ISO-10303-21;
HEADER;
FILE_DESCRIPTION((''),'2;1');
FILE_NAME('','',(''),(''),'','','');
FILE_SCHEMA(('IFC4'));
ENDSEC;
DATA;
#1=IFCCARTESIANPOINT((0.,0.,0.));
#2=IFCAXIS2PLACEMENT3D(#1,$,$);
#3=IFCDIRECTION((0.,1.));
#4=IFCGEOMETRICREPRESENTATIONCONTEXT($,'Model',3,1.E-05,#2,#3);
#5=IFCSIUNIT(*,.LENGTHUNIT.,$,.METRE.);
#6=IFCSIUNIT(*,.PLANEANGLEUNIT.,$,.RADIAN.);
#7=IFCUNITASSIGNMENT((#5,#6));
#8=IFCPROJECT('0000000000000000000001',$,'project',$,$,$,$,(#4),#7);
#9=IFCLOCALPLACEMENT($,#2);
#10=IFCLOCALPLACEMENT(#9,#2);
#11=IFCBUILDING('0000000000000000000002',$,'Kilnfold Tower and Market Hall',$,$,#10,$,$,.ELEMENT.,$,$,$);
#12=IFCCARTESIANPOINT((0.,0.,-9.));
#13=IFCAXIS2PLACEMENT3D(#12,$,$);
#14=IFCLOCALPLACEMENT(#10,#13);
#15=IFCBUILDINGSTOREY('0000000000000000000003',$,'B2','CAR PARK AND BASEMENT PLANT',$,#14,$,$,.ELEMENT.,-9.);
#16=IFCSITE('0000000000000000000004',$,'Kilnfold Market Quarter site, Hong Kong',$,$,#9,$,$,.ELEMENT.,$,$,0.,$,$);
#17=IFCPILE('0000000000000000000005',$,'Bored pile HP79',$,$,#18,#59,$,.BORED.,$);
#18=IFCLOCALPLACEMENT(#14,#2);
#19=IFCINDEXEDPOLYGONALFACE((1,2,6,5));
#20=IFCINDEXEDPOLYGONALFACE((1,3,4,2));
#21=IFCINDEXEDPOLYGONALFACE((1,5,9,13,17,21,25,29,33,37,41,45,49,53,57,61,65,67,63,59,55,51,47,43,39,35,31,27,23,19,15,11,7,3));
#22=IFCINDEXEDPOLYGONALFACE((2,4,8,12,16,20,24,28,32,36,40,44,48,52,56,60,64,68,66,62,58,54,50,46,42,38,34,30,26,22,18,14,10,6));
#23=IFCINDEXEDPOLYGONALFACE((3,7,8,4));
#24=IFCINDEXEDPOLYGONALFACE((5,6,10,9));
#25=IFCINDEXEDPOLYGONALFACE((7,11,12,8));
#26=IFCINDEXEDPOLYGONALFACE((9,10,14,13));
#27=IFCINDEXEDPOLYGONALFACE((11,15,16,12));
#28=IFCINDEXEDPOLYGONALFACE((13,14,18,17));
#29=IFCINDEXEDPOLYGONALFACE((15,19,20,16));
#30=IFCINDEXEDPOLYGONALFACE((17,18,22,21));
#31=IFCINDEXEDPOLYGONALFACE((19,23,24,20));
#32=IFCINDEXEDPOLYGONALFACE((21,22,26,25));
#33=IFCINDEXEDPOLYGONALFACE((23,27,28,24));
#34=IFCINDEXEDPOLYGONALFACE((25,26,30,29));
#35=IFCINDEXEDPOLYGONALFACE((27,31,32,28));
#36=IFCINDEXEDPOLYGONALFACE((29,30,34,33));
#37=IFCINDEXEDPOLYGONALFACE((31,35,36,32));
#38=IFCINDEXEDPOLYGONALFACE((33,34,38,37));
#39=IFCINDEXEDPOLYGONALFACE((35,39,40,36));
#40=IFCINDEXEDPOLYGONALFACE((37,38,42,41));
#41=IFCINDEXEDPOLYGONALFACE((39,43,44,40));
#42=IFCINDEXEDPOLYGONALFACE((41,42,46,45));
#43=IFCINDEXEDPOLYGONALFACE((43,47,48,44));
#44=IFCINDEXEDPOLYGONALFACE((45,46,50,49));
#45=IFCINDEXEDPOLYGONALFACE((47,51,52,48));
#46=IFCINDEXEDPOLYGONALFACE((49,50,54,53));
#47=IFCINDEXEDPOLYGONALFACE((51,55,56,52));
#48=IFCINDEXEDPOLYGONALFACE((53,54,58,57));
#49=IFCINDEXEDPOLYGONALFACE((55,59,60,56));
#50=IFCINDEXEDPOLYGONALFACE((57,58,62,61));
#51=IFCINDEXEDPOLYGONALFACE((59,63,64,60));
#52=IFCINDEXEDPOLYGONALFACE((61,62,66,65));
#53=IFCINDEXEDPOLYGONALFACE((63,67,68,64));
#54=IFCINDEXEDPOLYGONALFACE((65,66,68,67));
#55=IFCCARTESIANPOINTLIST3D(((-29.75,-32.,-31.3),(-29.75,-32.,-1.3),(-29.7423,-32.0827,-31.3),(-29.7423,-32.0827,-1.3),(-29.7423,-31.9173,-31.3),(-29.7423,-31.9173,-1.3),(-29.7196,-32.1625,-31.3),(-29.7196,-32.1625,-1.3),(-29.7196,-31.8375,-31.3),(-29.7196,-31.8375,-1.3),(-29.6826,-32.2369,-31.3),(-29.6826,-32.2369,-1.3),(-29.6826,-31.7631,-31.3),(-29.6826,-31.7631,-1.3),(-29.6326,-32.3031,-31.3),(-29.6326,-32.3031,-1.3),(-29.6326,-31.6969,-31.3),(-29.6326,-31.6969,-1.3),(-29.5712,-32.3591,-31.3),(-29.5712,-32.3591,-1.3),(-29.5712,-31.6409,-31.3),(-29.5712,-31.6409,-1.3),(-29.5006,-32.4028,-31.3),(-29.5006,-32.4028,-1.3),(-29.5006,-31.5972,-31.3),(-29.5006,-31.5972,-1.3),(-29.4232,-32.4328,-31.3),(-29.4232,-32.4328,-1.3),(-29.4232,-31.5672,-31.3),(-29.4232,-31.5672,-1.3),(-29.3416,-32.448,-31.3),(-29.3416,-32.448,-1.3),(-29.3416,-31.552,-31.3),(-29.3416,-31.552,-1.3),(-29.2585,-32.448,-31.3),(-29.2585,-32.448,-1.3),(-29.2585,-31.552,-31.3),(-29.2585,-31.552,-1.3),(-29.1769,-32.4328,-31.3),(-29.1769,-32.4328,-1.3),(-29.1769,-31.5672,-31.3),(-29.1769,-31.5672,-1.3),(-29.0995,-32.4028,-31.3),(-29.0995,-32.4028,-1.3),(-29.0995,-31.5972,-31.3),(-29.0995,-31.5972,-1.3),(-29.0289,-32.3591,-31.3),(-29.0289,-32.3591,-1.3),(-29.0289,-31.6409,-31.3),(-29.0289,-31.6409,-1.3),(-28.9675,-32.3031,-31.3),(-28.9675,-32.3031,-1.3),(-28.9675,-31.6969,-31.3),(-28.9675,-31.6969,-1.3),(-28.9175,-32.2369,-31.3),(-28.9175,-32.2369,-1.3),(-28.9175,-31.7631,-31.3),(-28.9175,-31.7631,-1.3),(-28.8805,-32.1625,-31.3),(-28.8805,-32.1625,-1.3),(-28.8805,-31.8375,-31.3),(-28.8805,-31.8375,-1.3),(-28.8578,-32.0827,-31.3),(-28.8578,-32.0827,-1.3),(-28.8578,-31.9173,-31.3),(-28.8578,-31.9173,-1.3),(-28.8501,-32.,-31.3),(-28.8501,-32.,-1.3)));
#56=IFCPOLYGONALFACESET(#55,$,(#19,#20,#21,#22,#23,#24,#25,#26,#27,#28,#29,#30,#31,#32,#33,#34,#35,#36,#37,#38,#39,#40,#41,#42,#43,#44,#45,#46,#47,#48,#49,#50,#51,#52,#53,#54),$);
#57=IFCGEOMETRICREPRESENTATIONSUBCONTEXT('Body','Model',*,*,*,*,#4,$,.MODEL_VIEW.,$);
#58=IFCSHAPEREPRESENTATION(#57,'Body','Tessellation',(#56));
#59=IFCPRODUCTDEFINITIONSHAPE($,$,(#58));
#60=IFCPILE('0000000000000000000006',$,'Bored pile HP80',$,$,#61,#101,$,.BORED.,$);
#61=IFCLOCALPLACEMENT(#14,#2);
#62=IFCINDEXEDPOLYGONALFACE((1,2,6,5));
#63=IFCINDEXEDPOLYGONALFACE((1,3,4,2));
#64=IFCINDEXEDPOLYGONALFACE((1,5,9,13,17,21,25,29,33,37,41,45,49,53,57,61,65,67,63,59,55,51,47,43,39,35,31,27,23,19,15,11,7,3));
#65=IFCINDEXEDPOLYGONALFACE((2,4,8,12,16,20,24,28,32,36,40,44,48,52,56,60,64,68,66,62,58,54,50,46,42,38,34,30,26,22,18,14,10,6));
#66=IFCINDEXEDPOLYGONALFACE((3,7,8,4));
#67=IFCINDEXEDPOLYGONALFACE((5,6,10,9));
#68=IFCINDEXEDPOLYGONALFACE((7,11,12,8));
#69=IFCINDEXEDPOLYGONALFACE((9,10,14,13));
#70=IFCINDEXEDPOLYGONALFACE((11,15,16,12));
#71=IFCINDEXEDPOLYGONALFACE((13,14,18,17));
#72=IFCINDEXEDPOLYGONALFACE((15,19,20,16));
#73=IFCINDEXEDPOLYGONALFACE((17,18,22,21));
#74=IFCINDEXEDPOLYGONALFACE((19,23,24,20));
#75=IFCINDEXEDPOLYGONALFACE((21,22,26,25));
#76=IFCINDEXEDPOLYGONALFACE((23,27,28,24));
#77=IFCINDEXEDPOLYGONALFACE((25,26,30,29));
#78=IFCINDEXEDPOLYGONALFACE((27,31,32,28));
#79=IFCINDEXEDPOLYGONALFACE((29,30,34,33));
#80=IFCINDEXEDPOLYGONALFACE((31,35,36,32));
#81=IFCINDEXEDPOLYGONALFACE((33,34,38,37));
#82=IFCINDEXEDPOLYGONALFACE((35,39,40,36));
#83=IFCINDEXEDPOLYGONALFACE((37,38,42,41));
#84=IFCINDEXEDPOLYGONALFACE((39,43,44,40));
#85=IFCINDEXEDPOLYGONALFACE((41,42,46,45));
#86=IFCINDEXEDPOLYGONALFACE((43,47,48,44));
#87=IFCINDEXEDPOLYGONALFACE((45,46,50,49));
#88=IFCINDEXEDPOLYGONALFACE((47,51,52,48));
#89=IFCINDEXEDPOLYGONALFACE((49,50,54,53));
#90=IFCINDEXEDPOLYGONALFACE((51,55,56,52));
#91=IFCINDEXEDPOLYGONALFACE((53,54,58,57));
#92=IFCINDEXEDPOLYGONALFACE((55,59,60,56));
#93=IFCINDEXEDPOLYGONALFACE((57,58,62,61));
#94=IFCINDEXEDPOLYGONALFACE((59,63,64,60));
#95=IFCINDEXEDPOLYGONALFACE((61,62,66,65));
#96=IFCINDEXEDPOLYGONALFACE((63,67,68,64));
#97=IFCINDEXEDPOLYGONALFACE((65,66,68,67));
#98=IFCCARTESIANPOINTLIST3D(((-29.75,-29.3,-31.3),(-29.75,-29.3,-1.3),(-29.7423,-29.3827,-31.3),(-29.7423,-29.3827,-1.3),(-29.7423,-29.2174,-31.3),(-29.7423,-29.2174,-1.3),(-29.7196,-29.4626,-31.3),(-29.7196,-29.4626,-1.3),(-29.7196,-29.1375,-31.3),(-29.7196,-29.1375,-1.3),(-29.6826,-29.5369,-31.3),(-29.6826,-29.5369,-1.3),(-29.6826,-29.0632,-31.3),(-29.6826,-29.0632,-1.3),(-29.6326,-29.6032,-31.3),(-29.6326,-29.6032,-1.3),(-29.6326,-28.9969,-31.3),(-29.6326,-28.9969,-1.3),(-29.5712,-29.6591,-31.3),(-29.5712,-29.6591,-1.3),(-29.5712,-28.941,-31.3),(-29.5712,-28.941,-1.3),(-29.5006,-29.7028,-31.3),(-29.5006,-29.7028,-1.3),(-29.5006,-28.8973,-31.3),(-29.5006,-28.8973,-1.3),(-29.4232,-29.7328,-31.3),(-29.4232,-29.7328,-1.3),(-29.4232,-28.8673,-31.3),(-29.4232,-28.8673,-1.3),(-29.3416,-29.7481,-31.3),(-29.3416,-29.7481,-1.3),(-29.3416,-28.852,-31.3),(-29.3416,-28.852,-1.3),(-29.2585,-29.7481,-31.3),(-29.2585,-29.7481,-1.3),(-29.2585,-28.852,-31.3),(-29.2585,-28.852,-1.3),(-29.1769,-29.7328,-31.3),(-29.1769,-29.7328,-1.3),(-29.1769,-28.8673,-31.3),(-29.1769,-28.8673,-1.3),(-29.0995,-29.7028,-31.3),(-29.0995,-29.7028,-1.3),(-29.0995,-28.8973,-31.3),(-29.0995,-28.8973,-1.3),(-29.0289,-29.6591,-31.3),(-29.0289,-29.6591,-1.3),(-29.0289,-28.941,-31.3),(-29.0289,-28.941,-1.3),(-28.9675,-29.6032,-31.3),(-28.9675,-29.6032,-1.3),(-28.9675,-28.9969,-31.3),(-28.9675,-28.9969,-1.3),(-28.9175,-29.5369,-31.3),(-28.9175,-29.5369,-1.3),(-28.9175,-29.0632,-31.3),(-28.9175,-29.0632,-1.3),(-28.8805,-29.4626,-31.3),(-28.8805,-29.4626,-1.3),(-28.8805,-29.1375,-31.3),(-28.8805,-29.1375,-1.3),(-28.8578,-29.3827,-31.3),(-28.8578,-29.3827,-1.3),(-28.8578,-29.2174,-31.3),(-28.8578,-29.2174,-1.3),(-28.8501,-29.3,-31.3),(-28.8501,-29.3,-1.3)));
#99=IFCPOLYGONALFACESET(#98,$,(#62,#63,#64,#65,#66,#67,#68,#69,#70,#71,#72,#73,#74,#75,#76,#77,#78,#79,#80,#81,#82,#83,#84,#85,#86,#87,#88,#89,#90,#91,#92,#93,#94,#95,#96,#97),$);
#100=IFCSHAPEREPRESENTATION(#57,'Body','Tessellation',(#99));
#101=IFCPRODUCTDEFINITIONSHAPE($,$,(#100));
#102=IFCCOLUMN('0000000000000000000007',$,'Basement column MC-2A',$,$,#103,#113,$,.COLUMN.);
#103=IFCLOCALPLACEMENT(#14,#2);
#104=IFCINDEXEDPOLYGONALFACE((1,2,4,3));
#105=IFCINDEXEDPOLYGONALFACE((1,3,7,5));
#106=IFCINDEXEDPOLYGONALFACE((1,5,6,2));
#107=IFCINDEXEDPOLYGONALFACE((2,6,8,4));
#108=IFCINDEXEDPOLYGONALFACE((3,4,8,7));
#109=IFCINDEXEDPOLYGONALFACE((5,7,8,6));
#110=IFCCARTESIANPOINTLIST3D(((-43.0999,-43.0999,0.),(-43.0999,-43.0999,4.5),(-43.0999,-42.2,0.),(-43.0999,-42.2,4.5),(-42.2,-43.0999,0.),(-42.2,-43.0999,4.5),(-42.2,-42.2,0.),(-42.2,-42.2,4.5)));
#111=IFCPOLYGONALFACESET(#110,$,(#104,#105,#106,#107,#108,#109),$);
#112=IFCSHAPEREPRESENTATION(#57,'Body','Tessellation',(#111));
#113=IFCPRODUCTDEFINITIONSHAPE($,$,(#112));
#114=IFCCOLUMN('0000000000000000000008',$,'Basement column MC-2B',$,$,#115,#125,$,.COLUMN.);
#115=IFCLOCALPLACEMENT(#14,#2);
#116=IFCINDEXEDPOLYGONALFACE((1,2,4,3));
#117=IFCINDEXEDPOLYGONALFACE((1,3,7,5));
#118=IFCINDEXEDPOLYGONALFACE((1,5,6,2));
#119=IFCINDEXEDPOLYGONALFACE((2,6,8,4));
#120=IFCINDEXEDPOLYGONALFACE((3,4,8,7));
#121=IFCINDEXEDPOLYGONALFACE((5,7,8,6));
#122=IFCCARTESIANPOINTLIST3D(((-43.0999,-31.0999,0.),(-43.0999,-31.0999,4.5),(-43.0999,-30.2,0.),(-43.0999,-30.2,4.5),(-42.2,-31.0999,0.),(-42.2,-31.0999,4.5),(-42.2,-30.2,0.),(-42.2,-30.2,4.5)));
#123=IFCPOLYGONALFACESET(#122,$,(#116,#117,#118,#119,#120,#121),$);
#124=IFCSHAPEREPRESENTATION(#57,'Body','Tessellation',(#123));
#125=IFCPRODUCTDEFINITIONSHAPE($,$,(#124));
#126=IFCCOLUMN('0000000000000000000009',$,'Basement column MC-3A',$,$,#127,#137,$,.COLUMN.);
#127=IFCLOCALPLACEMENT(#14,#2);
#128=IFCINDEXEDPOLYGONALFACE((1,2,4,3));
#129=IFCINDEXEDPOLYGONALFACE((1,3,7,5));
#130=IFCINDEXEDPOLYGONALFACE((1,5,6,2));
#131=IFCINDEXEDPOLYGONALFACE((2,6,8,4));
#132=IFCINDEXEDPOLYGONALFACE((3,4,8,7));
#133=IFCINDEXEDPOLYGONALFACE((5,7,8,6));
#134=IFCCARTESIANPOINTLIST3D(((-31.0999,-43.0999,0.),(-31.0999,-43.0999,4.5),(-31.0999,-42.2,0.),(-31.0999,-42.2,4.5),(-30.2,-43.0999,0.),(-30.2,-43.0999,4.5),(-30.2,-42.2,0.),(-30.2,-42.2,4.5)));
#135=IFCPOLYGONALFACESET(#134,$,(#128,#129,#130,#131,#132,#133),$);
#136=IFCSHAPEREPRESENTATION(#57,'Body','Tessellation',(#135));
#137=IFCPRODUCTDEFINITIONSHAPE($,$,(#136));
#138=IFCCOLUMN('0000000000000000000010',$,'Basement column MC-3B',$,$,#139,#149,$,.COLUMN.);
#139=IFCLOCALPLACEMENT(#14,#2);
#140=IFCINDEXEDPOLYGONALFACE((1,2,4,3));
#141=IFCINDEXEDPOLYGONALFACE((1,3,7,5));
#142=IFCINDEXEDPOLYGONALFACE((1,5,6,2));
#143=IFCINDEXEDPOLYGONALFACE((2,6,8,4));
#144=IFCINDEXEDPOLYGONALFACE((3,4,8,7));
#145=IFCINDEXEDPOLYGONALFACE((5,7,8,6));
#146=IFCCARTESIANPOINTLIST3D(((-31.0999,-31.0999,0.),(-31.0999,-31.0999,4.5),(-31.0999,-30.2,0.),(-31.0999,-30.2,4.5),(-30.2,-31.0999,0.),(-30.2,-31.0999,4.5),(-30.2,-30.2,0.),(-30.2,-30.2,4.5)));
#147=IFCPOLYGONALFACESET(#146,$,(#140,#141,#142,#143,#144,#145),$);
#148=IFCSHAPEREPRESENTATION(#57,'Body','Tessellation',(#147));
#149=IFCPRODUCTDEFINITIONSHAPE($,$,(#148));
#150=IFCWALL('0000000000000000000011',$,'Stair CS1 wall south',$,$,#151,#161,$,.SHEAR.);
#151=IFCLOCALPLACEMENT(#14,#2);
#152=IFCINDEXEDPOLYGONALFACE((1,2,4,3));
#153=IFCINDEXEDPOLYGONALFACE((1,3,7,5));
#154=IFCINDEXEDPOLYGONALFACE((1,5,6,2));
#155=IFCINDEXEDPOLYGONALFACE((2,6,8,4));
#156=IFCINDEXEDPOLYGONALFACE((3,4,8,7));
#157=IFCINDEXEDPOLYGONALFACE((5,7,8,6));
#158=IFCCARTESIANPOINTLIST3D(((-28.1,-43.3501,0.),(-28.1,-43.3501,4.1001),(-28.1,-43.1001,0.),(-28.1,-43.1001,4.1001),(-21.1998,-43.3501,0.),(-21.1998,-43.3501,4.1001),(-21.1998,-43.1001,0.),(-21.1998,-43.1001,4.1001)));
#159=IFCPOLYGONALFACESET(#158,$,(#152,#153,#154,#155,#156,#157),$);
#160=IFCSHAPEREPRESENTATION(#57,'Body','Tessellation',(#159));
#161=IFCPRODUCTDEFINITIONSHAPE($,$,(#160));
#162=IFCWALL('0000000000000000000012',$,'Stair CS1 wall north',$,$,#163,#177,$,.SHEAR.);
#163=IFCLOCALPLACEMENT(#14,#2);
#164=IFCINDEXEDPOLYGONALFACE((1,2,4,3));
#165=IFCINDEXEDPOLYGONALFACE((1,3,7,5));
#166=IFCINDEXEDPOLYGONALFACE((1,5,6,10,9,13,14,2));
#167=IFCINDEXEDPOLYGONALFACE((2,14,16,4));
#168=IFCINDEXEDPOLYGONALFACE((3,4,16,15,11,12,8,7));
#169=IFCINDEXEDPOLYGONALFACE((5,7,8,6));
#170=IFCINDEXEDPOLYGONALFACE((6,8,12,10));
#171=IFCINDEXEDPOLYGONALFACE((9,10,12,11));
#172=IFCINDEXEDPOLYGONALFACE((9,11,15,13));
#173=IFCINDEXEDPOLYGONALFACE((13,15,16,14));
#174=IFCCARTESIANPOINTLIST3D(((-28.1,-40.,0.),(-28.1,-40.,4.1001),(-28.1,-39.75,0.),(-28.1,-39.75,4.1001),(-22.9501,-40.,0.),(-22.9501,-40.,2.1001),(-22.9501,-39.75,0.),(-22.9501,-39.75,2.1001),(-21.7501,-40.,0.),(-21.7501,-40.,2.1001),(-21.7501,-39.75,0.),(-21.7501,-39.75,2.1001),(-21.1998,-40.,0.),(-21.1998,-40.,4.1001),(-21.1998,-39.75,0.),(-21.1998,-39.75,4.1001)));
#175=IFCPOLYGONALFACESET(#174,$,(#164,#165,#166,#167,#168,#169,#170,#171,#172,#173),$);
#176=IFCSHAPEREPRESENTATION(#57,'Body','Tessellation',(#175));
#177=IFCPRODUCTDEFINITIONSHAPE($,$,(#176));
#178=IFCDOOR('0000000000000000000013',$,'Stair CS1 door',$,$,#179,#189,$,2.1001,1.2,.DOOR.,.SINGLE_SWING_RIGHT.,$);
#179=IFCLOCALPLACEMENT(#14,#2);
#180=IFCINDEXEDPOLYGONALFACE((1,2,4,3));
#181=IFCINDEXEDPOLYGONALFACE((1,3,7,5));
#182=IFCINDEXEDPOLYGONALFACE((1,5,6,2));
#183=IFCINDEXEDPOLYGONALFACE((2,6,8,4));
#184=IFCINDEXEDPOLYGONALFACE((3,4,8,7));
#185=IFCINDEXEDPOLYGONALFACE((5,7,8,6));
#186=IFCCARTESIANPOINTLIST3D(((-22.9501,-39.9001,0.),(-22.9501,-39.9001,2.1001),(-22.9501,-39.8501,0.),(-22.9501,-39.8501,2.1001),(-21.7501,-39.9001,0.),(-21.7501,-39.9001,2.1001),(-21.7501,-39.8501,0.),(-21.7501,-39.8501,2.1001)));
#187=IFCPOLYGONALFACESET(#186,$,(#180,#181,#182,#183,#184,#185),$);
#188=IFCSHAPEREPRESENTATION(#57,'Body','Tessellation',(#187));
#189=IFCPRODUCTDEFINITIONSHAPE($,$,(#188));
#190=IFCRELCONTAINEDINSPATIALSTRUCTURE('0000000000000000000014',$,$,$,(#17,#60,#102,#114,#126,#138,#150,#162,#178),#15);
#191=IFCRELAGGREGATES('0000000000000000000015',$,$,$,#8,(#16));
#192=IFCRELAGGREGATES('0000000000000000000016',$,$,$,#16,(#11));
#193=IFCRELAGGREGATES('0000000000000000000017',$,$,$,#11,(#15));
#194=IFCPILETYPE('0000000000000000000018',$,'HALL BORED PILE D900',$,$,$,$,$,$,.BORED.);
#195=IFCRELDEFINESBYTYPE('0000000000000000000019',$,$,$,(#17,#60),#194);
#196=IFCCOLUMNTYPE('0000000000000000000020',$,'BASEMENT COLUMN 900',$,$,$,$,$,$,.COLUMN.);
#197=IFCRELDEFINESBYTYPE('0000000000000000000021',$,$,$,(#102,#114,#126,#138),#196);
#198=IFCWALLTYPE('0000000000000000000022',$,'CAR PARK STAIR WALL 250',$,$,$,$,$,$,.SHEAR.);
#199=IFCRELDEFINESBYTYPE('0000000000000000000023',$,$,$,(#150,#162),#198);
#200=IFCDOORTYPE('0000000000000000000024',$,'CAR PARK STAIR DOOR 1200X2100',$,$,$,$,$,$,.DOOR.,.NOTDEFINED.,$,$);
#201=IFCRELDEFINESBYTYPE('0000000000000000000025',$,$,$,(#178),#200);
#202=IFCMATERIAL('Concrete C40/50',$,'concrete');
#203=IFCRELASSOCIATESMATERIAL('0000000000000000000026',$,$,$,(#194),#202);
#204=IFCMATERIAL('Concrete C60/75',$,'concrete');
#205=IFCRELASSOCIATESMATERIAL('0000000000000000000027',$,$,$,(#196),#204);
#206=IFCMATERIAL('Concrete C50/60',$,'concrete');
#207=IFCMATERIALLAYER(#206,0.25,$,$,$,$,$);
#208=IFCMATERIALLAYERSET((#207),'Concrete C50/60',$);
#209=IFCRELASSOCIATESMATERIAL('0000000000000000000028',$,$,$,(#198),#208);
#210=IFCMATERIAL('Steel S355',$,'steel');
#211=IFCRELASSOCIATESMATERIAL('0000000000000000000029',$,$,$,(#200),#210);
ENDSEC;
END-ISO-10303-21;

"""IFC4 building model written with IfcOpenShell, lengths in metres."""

from ifc_helpers import new_model, si_unit, direction, frame, frame_2d, origin, origin_2d, place, context, subcontext, project, spatial, rectangle, circle, extrude, source, transform, mapped, material, layer, layer_set, material_profile, profile_set, type_object, element, fill, save


model = new_model("IFC4")

# Units and contexts
model_context = context("Model", 3, precision=1e-05, world=origin(), true_north=direction((0.0, 1.0)))
body_context = subcontext(model_context, "Body", "Model", "MODEL_VIEW")
ifc_project = project(units=[si_unit("LENGTHUNIT", "METRE"), si_unit("PLANEANGLEUNIT", "RADIAN")], contexts=[model_context])

# Site, building, storey
site_placement = place(None, origin())
site = spatial("IfcSite", under=ifc_project, at=site_placement, Name="Kilnfold Market Quarter site, Hong Kong", CompositionType="ELEMENT", RefElevation=0.0)
building_placement = place(site_placement, origin())
building = spatial("IfcBuilding", under=site, at=building_placement, Name="Kilnfold Tower and Market Hall", CompositionType="ELEMENT")
storey_placement = place(building_placement, frame((0.0, 0.0, -9.0)))
storey = spatial("IfcBuildingStorey", under=building, at=storey_placement, Name="B2", Description="CAR PARK AND BASEMENT PLANT", CompositionType="ELEMENT", Elevation=-9.0)

# Piles
ifc_material_1 = material(Name="Concrete C40/50", Category="concrete")
ifc_material_profile_1 = material_profile(ifc_material_1, circle(Radius=0.45, at=origin_2d()), Name="D900")
ifc_profile_set_1 = profile_set([ifc_material_profile_1], Name="Concrete C40/50")
pile_type = type_object("IfcPileType", Name="HALL BORED PILE D900", PredefinedType="BORED", material=ifc_profile_set_1)
shared_shape_1 = source(origin(), body_context, "Body", "SweptSolid", [
    extrude(circle(Radius=0.45, at=origin_2d()), origin(), (0.0, 0.0, 1.0), 30.0),
])
for number, where, z_axis, x_axis, name in (
    (1, (-29.3, -32.0, -1.3), (0.0, 0.0, -1.0), (1.0, 0.0, 0.0), "Bored pile HP79"),
    (2, (-29.3, -29.3, -1.3), (0.0, 0.0, -1.0), (1.0, 0.0, 0.0), "Bored pile HP80"),
):
    element("IfcPile", number, at=place(storey_placement, frame(where, z_axis=z_axis, x_axis=x_axis)), inside=storey, type_object=pile_type, Name=name, PredefinedType="BORED", context=body_context, shape_type="MappedRepresentation", body=[
        mapped(shared_shape_1, transform((0.0, 0.0, 0.0))),
    ])

# Columns
ifc_material_2 = material(Name="Concrete C60/75", Category="concrete")
ifc_material_profile_2 = material_profile(ifc_material_2, rectangle(XDim=0.8999, YDim=0.8999, at=origin_2d()), Name="RC 900x900")
ifc_profile_set_2 = profile_set([ifc_material_profile_2], Name="Concrete C60/75")
column_type = type_object("IfcColumnType", Name="BASEMENT COLUMN 900", PredefinedType="COLUMN", material=ifc_profile_set_2)
shared_shape_2 = source(origin(), body_context, "Body", "SweptSolid", [
    extrude(rectangle(XDim=0.8999, YDim=0.8999, at=origin_2d()), origin(), (0.0, 0.0, 1.0), 4.5),
])
for number, where, z_axis, x_axis, name in (
    (3, (-42.6499, -42.6499, 0.0), (0.0, 0.0, 1.0), (1.0, 0.0, 0.0), "Basement column MC-2A"),
    (4, (-42.6499, -30.6499, 0.0), (0.0, 0.0, 1.0), (1.0, 0.0, 0.0), "Basement column MC-2B"),
    (5, (-30.6499, -42.6499, 0.0), (0.0, 0.0, 1.0), (1.0, 0.0, 0.0), "Basement column MC-3A"),
    (6, (-30.6499, -30.6499, 0.0), (0.0, 0.0, 1.0), (1.0, 0.0, 0.0), "Basement column MC-3B"),
):
    element("IfcColumn", number, at=place(storey_placement, frame(where, z_axis=z_axis, x_axis=x_axis)), inside=storey, type_object=column_type, Name=name, PredefinedType="COLUMN", context=body_context, shape_type="MappedRepresentation", body=[
        mapped(shared_shape_2, transform((0.0, 0.0, 0.0))),
    ])

# Wall
ifc_material_3 = material(Name="Concrete C50/60", Category="concrete")
ifc_layer = layer(ifc_material_3, 0.25)
ifc_layer_set = layer_set([ifc_layer], Name="Concrete C50/60")
wall_type = type_object("IfcWallType", Name="CAR PARK STAIR WALL 250", PredefinedType="SHEAR", material=ifc_layer_set)
shared_shape_3 = source(origin(), body_context, "Body", "SweptSolid", [
    extrude(rectangle(XDim=6.9001, YDim=0.25, at=frame_2d((3.4502, 0.0))), origin(), (0.0, 0.0, 1.0), 4.1001),
])
wall_1_placement = place(storey_placement, frame((-28.1001, -43.2251, 0.0), z_axis=(0.0, 0.0, 1.0), x_axis=(1.0, 0.0, 0.0)))
element("IfcWall", 7, at=wall_1_placement, inside=storey, type_object=wall_type, Name="Stair CS1 wall south", PredefinedType="SHEAR", context=body_context, shape_type="MappedRepresentation", body=[
    mapped(shared_shape_3, transform((0.0, 0.0, 0.0))),
])

# Wall, opening, door
wall_2_placement = place(storey_placement, frame((-28.1001, -39.875, 0.0), z_axis=(0.0, 0.0, 1.0), x_axis=(1.0, 0.0, 0.0)))
wall_2 = element("IfcWall", 8, at=wall_2_placement, inside=storey, type_object=wall_type, Name="Stair CS1 wall north", PredefinedType="SHEAR", context=body_context, shape_type="MappedRepresentation", body=[
    mapped(shared_shape_3, transform((0.0, 0.0, 0.0))),
])
opening_placement = place(wall_2_placement, frame((5.1499, 0.0, 0.0)))
opening = element("IfcOpeningElement", 9, at=opening_placement, cuts=wall_2, PredefinedType="OPENING", context=body_context, shape_type="SweptSolid", body=[
    extrude(rectangle(XDim=1.2, YDim=2.1001, at=frame_2d((0.6001, 1.05))), frame((0.0, 0.135, 0.0), z_axis=(0.0, -1.0, 0.0), x_axis=(1.0, 0.0, 0.0)), (0.0, 0.0, 1.0), 0.27),
])
ifc_material_4 = material(Name="Steel S355", Category="steel")
door_type = type_object("IfcDoorType", Name="CAR PARK STAIR DOOR 1200X2100", OperationType="NOTDEFINED", PredefinedType="DOOR", material=ifc_material_4)
door_placement = place(opening_placement, origin())
door = element("IfcDoor", 10, at=door_placement, inside=storey, type_object=door_type, Name="Stair CS1 door", OperationType="SINGLE_SWING_RIGHT", OverallHeight=2.1001, OverallWidth=1.2, PredefinedType="DOOR", context=body_context, shape_type="SweptSolid", body=[
    extrude(rectangle(XDim=1.2, YDim=2.1001, at=frame_2d((0.6001, 1.05))), frame((0.0, 0.0249, 0.0), z_axis=(0.0, -1.0, 0.0), x_axis=(1.0, 0.0, 0.0)), (0.0, 0.0, 1.0), 0.05),
])
fill(opening, door)

save(model, "model.ifc")
